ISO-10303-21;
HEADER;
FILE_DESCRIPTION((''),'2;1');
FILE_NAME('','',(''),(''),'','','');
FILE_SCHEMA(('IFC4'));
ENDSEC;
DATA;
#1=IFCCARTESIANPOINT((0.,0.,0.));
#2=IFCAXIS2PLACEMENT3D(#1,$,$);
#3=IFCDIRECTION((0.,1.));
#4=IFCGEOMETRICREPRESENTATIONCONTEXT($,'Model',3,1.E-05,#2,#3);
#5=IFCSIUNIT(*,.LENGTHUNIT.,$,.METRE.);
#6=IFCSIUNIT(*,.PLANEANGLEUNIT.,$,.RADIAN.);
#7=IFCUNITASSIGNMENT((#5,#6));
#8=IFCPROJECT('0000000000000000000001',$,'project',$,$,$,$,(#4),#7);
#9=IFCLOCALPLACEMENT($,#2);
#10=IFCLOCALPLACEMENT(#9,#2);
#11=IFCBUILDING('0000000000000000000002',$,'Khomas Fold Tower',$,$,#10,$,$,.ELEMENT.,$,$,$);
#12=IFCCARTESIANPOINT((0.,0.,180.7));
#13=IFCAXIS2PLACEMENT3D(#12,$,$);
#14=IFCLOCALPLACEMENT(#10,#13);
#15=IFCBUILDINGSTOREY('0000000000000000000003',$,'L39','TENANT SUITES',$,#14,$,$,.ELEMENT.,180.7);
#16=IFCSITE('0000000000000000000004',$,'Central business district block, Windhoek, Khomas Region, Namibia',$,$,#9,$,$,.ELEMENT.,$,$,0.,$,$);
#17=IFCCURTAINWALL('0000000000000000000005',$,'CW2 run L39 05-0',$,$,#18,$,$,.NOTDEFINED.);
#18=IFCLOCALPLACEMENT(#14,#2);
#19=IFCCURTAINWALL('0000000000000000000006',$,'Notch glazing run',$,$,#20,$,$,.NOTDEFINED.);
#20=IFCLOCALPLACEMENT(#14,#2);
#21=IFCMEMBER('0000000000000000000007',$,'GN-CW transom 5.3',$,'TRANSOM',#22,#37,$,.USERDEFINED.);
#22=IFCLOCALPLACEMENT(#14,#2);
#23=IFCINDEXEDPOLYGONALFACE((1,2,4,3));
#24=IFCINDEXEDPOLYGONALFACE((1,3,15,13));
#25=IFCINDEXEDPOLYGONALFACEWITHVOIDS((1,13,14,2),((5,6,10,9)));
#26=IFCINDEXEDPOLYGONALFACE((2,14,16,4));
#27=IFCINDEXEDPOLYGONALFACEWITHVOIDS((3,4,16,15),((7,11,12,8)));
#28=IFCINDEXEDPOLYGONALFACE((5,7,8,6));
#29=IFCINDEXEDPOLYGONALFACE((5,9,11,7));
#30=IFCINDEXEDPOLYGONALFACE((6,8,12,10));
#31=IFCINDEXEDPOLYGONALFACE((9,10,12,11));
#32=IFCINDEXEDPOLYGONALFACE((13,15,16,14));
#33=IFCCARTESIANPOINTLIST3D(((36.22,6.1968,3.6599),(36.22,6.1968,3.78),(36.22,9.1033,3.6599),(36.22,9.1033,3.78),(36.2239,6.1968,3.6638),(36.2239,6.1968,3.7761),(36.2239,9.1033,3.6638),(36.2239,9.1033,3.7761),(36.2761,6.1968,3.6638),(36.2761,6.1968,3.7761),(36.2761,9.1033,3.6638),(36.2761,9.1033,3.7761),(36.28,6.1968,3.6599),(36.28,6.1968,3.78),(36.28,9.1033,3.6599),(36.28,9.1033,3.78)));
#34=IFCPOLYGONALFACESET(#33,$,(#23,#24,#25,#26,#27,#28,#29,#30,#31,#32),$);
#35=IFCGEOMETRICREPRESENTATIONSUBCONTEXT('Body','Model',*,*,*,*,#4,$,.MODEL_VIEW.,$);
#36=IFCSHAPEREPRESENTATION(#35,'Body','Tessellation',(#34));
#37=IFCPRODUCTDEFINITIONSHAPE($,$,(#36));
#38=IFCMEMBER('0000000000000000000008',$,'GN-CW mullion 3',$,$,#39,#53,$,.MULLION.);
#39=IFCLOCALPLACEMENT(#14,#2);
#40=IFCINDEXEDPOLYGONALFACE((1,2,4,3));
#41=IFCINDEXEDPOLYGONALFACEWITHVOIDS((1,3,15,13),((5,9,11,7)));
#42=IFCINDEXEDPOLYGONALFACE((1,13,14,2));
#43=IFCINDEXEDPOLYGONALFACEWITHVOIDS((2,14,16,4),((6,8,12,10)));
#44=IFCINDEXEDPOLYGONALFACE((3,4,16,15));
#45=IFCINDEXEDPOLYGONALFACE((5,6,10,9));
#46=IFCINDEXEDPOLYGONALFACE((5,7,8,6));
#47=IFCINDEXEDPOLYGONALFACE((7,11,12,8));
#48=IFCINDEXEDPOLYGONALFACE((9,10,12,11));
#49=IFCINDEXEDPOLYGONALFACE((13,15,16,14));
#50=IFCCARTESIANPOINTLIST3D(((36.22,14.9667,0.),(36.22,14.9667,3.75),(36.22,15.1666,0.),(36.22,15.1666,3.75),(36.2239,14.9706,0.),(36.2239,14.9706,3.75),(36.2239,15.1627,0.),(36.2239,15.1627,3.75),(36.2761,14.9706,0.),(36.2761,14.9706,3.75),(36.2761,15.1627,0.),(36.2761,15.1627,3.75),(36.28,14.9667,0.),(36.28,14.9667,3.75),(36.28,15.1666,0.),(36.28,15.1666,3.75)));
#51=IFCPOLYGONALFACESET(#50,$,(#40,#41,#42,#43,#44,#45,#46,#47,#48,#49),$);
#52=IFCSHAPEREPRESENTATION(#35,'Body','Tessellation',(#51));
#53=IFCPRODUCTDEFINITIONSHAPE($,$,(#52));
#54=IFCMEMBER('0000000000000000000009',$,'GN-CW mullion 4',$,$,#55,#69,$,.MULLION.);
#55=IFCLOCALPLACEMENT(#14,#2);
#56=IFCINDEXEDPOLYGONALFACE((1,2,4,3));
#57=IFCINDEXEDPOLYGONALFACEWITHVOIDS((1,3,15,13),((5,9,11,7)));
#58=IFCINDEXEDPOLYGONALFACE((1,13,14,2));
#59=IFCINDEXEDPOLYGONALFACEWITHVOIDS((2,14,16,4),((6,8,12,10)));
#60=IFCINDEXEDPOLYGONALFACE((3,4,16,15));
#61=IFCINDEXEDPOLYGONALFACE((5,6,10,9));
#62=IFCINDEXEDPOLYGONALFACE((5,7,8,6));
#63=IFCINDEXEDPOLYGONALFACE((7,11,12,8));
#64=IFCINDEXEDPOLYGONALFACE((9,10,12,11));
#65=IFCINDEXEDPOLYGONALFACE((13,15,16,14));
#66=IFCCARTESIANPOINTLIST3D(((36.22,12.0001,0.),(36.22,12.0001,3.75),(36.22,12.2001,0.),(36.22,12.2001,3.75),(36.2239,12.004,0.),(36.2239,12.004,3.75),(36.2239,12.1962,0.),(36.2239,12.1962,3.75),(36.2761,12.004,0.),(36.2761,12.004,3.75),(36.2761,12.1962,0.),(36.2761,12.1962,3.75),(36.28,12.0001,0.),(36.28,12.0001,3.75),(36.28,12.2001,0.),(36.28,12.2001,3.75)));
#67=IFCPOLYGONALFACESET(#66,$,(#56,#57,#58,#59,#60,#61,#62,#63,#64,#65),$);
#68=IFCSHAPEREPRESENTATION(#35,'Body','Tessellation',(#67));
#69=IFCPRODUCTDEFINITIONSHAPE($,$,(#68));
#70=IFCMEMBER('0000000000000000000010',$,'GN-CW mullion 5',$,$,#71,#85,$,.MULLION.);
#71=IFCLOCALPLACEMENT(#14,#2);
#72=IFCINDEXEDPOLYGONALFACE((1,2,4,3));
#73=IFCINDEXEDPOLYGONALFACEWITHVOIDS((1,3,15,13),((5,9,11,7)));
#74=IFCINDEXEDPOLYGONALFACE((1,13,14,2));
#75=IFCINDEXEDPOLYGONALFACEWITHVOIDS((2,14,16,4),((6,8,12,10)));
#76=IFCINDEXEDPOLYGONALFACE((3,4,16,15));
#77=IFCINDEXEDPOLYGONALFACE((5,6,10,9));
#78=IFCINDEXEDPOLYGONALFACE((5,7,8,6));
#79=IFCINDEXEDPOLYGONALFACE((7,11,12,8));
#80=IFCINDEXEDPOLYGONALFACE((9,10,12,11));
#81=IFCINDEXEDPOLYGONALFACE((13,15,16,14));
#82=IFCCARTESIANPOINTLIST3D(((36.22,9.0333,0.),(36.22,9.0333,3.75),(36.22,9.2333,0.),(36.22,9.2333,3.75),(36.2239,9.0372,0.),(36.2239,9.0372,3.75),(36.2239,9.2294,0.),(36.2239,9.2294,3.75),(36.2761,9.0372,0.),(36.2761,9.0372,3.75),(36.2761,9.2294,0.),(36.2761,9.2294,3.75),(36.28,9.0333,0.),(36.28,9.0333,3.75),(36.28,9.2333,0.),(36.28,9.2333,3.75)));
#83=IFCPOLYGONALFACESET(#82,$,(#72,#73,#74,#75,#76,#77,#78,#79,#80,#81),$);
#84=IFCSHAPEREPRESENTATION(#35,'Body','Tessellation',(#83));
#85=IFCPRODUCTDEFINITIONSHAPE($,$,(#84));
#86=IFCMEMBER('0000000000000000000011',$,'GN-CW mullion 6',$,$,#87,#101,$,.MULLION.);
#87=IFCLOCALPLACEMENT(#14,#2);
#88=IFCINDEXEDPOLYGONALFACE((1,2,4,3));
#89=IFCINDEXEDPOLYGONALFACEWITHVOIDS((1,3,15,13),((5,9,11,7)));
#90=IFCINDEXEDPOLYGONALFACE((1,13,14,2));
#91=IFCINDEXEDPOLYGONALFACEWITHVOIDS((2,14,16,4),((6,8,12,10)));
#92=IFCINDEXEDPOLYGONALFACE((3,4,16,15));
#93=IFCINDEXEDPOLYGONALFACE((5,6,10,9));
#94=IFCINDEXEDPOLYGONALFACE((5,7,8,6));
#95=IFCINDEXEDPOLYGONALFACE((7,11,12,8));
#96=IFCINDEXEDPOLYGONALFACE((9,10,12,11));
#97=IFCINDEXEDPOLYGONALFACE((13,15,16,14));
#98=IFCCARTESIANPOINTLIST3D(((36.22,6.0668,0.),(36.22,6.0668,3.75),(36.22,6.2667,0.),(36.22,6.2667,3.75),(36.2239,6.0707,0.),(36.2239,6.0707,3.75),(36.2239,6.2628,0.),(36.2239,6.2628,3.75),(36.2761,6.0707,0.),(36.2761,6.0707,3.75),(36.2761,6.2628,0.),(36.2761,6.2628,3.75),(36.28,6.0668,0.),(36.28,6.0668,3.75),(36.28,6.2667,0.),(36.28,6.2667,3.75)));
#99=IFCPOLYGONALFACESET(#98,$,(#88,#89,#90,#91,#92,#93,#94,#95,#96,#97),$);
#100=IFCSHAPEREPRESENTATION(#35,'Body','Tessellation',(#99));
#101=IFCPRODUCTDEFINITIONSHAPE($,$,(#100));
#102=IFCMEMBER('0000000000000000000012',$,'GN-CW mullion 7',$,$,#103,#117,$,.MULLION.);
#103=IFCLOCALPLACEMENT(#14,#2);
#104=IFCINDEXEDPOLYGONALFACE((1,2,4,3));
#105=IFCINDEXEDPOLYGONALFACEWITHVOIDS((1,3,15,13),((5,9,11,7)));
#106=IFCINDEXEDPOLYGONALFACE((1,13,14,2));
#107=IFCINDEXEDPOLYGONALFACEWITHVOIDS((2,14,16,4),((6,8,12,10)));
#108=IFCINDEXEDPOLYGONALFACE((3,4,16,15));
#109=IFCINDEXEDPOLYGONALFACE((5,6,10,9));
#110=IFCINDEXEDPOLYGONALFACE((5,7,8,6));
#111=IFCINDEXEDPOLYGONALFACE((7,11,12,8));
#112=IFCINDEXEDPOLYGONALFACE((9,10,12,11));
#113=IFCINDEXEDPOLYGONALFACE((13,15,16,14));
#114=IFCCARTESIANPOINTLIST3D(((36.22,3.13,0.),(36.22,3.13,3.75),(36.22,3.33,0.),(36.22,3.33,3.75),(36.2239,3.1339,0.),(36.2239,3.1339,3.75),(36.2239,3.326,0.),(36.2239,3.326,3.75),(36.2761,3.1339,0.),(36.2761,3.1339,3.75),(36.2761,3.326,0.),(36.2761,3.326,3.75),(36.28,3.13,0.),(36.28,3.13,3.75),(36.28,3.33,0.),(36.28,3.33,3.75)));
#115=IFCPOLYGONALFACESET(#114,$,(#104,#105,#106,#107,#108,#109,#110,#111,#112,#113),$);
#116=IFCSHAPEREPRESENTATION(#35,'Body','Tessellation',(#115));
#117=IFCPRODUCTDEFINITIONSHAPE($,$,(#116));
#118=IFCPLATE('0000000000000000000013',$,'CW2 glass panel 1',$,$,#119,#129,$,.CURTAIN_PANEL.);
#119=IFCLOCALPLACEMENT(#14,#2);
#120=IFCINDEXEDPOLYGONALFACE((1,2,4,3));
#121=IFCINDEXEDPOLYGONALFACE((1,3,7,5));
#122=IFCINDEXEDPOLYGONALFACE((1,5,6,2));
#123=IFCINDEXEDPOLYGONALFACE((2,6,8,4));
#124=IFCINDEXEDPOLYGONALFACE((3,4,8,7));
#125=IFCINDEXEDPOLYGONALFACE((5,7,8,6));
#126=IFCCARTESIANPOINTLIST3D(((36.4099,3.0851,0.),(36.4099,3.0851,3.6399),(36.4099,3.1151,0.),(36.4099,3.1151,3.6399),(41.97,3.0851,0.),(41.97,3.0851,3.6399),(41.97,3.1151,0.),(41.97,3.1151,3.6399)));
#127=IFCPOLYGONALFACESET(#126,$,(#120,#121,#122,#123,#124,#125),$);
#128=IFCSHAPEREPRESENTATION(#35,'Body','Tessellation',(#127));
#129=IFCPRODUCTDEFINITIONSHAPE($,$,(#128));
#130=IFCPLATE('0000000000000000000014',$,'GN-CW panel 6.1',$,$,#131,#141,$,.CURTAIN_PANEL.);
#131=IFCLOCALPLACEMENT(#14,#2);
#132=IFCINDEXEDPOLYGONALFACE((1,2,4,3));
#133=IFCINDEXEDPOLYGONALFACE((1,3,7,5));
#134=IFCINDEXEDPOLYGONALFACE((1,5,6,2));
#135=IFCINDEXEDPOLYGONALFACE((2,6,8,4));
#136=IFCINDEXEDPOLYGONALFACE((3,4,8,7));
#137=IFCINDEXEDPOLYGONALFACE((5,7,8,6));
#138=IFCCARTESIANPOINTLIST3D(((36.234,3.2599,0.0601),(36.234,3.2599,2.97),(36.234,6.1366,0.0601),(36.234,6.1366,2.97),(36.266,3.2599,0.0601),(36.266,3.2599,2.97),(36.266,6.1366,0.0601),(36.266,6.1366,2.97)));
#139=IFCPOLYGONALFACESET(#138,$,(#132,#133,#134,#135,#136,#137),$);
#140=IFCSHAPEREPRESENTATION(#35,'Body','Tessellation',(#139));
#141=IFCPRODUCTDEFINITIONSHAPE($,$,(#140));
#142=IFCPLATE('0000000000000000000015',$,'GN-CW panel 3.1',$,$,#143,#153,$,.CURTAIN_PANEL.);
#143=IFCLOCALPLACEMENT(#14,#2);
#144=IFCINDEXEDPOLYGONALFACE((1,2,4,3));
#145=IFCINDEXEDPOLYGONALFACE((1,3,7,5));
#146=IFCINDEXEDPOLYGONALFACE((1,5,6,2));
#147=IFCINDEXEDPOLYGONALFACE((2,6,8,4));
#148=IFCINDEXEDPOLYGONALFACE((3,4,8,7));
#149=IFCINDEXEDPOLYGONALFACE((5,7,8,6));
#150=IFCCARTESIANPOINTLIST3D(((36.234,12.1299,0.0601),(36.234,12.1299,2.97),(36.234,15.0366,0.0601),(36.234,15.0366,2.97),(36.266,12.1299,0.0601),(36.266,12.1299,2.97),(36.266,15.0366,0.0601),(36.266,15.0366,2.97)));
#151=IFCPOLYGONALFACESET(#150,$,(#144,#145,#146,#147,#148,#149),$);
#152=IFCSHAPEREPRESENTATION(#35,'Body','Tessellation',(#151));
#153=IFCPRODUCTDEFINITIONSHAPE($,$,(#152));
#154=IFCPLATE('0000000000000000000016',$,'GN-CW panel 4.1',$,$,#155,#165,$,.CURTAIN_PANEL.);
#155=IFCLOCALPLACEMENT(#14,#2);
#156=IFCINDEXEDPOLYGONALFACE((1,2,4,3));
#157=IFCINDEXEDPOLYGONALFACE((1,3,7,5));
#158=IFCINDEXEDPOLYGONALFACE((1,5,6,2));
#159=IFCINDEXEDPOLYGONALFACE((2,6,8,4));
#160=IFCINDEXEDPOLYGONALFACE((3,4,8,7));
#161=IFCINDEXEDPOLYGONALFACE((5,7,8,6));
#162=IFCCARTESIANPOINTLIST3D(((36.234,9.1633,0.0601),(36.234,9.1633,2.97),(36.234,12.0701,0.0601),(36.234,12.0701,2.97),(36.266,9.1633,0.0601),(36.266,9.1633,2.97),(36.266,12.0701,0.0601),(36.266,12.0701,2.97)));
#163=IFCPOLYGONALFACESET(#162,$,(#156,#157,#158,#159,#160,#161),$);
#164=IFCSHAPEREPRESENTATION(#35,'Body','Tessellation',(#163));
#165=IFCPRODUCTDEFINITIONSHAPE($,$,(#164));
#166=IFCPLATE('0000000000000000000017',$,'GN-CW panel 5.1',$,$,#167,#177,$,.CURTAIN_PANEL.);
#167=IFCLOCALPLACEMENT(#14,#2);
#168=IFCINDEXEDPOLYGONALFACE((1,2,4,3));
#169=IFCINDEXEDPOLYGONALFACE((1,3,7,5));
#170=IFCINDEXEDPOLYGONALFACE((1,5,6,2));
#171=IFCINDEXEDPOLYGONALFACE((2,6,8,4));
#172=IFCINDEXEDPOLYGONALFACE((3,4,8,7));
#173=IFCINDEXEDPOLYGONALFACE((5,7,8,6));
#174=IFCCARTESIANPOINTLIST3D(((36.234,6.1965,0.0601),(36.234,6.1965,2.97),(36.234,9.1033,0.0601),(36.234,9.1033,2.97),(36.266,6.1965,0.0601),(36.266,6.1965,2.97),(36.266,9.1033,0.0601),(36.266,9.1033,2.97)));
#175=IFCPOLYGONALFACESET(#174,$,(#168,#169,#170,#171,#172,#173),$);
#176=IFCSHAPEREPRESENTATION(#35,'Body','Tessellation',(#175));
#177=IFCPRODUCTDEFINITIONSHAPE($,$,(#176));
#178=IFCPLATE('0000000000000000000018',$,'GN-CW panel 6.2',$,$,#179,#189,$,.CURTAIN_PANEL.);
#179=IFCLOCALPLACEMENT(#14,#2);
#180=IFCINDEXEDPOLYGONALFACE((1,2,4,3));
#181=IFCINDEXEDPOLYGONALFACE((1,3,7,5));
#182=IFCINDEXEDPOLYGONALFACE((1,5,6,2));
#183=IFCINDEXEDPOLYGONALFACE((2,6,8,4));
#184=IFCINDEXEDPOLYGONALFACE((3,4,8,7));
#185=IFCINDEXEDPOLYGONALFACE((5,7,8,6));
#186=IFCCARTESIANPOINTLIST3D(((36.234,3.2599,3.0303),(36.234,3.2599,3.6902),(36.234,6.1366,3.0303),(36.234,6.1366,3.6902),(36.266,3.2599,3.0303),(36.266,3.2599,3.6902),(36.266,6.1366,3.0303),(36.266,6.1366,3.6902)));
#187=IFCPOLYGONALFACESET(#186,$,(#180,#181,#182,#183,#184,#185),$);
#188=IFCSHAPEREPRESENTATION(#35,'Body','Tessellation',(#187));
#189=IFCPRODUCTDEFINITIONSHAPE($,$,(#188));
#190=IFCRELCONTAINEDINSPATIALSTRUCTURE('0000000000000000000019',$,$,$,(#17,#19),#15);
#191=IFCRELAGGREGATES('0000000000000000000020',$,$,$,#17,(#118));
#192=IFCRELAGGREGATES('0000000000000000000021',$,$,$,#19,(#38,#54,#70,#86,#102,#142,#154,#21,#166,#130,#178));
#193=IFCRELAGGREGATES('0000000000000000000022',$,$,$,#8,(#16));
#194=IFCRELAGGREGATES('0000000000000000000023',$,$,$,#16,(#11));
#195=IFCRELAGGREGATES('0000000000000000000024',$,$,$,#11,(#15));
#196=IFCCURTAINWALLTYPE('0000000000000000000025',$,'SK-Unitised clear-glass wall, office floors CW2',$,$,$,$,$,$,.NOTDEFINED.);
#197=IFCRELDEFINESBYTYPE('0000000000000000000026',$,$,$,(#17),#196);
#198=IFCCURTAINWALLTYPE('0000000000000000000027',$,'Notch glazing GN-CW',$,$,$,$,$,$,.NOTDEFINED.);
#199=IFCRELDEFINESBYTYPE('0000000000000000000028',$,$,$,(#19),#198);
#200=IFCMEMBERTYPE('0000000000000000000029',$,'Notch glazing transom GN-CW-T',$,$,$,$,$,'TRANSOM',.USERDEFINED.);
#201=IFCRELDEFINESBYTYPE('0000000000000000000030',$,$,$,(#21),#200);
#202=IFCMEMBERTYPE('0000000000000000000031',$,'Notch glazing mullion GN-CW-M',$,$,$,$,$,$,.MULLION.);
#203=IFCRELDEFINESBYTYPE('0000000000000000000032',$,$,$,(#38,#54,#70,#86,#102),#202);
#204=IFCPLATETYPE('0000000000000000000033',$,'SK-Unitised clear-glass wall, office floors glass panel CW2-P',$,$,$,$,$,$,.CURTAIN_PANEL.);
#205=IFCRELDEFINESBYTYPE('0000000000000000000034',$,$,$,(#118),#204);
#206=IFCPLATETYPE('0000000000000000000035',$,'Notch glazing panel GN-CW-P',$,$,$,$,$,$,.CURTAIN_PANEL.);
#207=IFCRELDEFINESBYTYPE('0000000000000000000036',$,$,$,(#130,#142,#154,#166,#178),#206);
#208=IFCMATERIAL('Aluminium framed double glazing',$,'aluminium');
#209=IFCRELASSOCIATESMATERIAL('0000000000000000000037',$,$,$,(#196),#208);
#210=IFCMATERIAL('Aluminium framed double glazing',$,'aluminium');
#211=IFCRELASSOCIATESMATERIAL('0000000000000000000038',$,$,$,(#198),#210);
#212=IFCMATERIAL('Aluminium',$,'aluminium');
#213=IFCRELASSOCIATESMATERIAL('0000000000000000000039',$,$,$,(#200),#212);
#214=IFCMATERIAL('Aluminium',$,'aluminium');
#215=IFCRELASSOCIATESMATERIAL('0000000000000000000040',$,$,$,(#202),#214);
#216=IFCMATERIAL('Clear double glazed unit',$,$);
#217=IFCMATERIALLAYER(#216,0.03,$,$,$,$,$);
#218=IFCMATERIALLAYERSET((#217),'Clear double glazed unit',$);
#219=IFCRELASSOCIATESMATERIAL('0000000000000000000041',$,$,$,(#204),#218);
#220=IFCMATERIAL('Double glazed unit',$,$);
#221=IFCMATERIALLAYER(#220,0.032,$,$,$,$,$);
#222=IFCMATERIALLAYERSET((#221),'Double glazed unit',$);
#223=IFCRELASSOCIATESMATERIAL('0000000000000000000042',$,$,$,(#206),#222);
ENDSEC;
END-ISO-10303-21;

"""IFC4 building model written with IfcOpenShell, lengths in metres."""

from ifc_helpers import new_model, si_unit, direction, frame, origin, origin_2d, place, context, subcontext, project, spatial, rectangle, hollow_rectangle, extrude, source, transform, mapped, material, layer, layer_set, material_profile, profile_set, type_object, element, aggregate, save


model = new_model("IFC4")

# Units and contexts
model_context = context("Model", 3, precision=1e-05, world=origin(), true_north=direction((0.0, 1.0)))
body_context = subcontext(model_context, "Body", "Model", "MODEL_VIEW")
ifc_project = project(units=[si_unit("LENGTHUNIT", "METRE"), si_unit("PLANEANGLEUNIT", "RADIAN")], contexts=[model_context])

# Site, building, storey
site_placement = place(None, origin())
site = spatial("IfcSite", under=ifc_project, at=site_placement, Name="Central business district block, Windhoek, Khomas Region, Namibia", CompositionType="ELEMENT", RefElevation=0.0)
building_placement = place(site_placement, origin())
building = spatial("IfcBuilding", under=site, at=building_placement, Name="Khomas Fold Tower", CompositionType="ELEMENT")
storey_placement = place(building_placement, frame((0.0, 0.0, 180.7)))
storey = spatial("IfcBuildingStorey", under=building, at=storey_placement, Name="L39", Description="TENANT SUITES", CompositionType="ELEMENT", Elevation=180.7)

# Curtain walls, members
ifc_material_1 = material(Name="Aluminium framed double glazing", Category="aluminium")
curtain_wall_type_1 = type_object("IfcCurtainWallType", Name="SK-Unitised clear-glass wall, office floors CW2", PredefinedType="NOTDEFINED", material=ifc_material_1)
curtain_wall_1_placement = place(storey_placement, origin())
curtain_wall_1 = element("IfcCurtainWall", 1, at=curtain_wall_1_placement, inside=storey, type_object=curtain_wall_type_1, Name="CW2 run L39 05-0", PredefinedType="NOTDEFINED")
ifc_material_2 = material(Name="Aluminium framed double glazing", Category="aluminium")
curtain_wall_type_2 = type_object("IfcCurtainWallType", Name="Notch glazing GN-CW", PredefinedType="NOTDEFINED", material=ifc_material_2)
curtain_wall_2_placement = place(storey_placement, origin())
curtain_wall_2 = element("IfcCurtainWall", 2, at=curtain_wall_2_placement, inside=storey, type_object=curtain_wall_type_2, Name="Notch glazing run", PredefinedType="NOTDEFINED")
ifc_material_3 = material(Name="Aluminium", Category="aluminium")
ifc_material_profile_1 = material_profile(ifc_material_3, hollow_rectangle(XDim=0.0601, YDim=0.1201, WallThickness=0.0039, at=origin_2d()), Name="Notch glazing transom GN-CW-T")
ifc_profile_set_1 = profile_set([ifc_material_profile_1], Name="Aluminium")
member_type_1 = type_object("IfcMemberType", Name="Notch glazing transom GN-CW-T", ElementType="TRANSOM", PredefinedType="USERDEFINED", material=ifc_profile_set_1)
shared_shape_1 = source(origin(), body_context, "Body", "SweptSolid", [
    extrude(hollow_rectangle(XDim=0.0601, YDim=0.1201, WallThickness=0.0039, at=origin_2d()), origin(), (0.0, 0.0, 1.0), 2.9065),
])
member_1_placement = place(storey_placement, frame((36.25, 9.1033, 3.72), z_axis=(0.0, -1.0, 0.0), x_axis=(1.0, 0.0, 0.0)))
member_1 = element("IfcMember", 3, at=member_1_placement, type_object=member_type_1, Name="GN-CW transom 5.3", ObjectType="TRANSOM", PredefinedType="USERDEFINED", context=body_context, shape_type="MappedRepresentation", body=[
    mapped(shared_shape_1, transform((0.0, 0.0, 0.0))),
])
ifc_material_4 = material(Name="Aluminium", Category="aluminium")
ifc_material_profile_2 = material_profile(ifc_material_4, hollow_rectangle(XDim=0.0601, YDim=0.2, WallThickness=0.0039, at=origin_2d()), Name="Notch glazing mullion GN-CW-M")
ifc_profile_set_2 = profile_set([ifc_material_profile_2], Name="Aluminium")
member_type_2 = type_object("IfcMemberType", Name="Notch glazing mullion GN-CW-M", PredefinedType="MULLION", material=ifc_profile_set_2)
shared_shape_2 = source(origin(), body_context, "Body", "SweptSolid", [
    extrude(hollow_rectangle(XDim=0.0601, YDim=0.2, WallThickness=0.0039, at=origin_2d()), origin(), (0.0, 0.0, 1.0), 3.75),
])
member_2_placement = place(storey_placement, frame((36.25, 15.0667, 0.0), z_axis=(0.0, 0.0, 1.0), x_axis=(1.0, 0.0, 0.0)))
member_2 = element("IfcMember", 4, at=member_2_placement, type_object=member_type_2, Name="GN-CW mullion 3", PredefinedType="MULLION", context=body_context, shape_type="MappedRepresentation", body=[
    mapped(shared_shape_2, transform((0.0, 0.0, 0.0))),
])
member_3_placement = place(storey_placement, frame((36.25, 12.1001, 0.0), z_axis=(0.0, 0.0, 1.0), x_axis=(1.0, 0.0, 0.0)))
member_3 = element("IfcMember", 5, at=member_3_placement, type_object=member_type_2, Name="GN-CW mullion 4", PredefinedType="MULLION", context=body_context, shape_type="MappedRepresentation", body=[
    mapped(shared_shape_2, transform((0.0, 0.0, 0.0))),
])
member_4_placement = place(storey_placement, frame((36.25, 9.1333, 0.0), z_axis=(0.0, 0.0, 1.0), x_axis=(1.0, 0.0, 0.0)))
member_4 = element("IfcMember", 6, at=member_4_placement, type_object=member_type_2, Name="GN-CW mullion 5", PredefinedType="MULLION", context=body_context, shape_type="MappedRepresentation", body=[
    mapped(shared_shape_2, transform((0.0, 0.0, 0.0))),
])
member_5_placement = place(storey_placement, frame((36.25, 6.1667, 0.0), z_axis=(0.0, 0.0, 1.0), x_axis=(1.0, 0.0, 0.0)))
member_5 = element("IfcMember", 7, at=member_5_placement, type_object=member_type_2, Name="GN-CW mullion 6", PredefinedType="MULLION", context=body_context, shape_type="MappedRepresentation", body=[
    mapped(shared_shape_2, transform((0.0, 0.0, 0.0))),
])
member_6_placement = place(storey_placement, frame((36.25, 3.23, 0.0), z_axis=(0.0, 0.0, 1.0), x_axis=(1.0, 0.0, 0.0)))
member_6 = element("IfcMember", 8, at=member_6_placement, type_object=member_type_2, Name="GN-CW mullion 7", PredefinedType="MULLION", context=body_context, shape_type="MappedRepresentation", body=[
    mapped(shared_shape_2, transform((0.0, 0.0, 0.0))),
])

# Plates
ifc_material_5 = material(Name="Clear double glazed unit")
ifc_layer_1 = layer(ifc_material_5, 0.03)
ifc_layer_set_1 = layer_set([ifc_layer_1], Name="Clear double glazed unit")
plate_type_1 = type_object("IfcPlateType", Name="SK-Unitised clear-glass wall, office floors glass panel CW2-P", PredefinedType="CURTAIN_PANEL", material=ifc_layer_set_1)
shared_shape_3 = source(origin(), body_context, "Body", "SweptSolid", [
    extrude(rectangle(XDim=5.5601, YDim=0.03, at=origin_2d()), origin(), (0.0, 0.0, 1.0), 3.6399),
])
plate_1_placement = place(storey_placement, frame((39.1899, 3.1001, 0.0), z_axis=(0.0, 0.0, 1.0), x_axis=(1.0, 0.0, 0.0)))
plate_1 = element("IfcPlate", 9, at=plate_1_placement, type_object=plate_type_1, Name="CW2 glass panel 1", PredefinedType="CURTAIN_PANEL", context=body_context, shape_type="MappedRepresentation", body=[
    mapped(shared_shape_3, transform((0.0, 0.0, 0.0))),
])
aggregate(curtain_wall_1, [plate_1])
ifc_material_6 = material(Name="Double glazed unit")
ifc_layer_2 = layer(ifc_material_6, 0.032)
ifc_layer_set_2 = layer_set([ifc_layer_2], Name="Double glazed unit")
plate_type_2 = type_object("IfcPlateType", Name="Notch glazing panel GN-CW-P", PredefinedType="CURTAIN_PANEL", material=ifc_layer_set_2)
shared_shape_4 = source(origin(), body_context, "Body", "SweptSolid", [
    extrude(rectangle(XDim=2.8767, YDim=0.032, at=origin_2d()), origin(), (0.0, 0.0, 1.0), 2.9099),
])
plate_2_placement = place(storey_placement, frame((36.25, 4.6982, 0.0601), z_axis=(0.0, 0.0, 1.0), x_axis=(0.0, -1.0, 0.0)))
plate_2 = element("IfcPlate", 10, at=plate_2_placement, type_object=plate_type_2, Name="GN-CW panel 6.1", PredefinedType="CURTAIN_PANEL", context=body_context, shape_type="MappedRepresentation", body=[
    mapped(shared_shape_4, transform((0.0, 0.0, 0.0))),
])
shared_shape_5 = source(origin(), body_context, "Body", "SweptSolid", [
    extrude(rectangle(XDim=2.9067, YDim=0.032, at=origin_2d()), origin(), (0.0, 0.0, 1.0), 2.9099),
])
plate_3_placement = place(storey_placement, frame((36.25, 13.5833, 0.0601), z_axis=(0.0, 0.0, 1.0), x_axis=(0.0, -1.0, 0.0)))
plate_3 = element("IfcPlate", 11, at=plate_3_placement, type_object=plate_type_2, Name="GN-CW panel 3.1", PredefinedType="CURTAIN_PANEL", context=body_context, shape_type="MappedRepresentation", body=[
    mapped(shared_shape_5, transform((0.0, 0.0, 0.0))),
])
plate_4_placement = place(storey_placement, frame((36.25, 10.6167, 0.0601), z_axis=(0.0, 0.0, 1.0), x_axis=(0.0, -1.0, 0.0)))
plate_4 = element("IfcPlate", 12, at=plate_4_placement, type_object=plate_type_2, Name="GN-CW panel 4.1", PredefinedType="CURTAIN_PANEL", context=body_context, shape_type="MappedRepresentation", body=[
    mapped(shared_shape_5, transform((0.0, 0.0, 0.0))),
])
plate_5_placement = place(storey_placement, frame((36.25, 7.6499, 0.0601), z_axis=(0.0, 0.0, 1.0), x_axis=(0.0, -1.0, 0.0)))
plate_5 = element("IfcPlate", 13, at=plate_5_placement, type_object=plate_type_2, Name="GN-CW panel 5.1", PredefinedType="CURTAIN_PANEL", context=body_context, shape_type="MappedRepresentation", body=[
    mapped(shared_shape_5, transform((0.0, 0.0, 0.0))),
])
shared_shape_6 = source(origin(), body_context, "Body", "SweptSolid", [
    extrude(rectangle(XDim=2.8767, YDim=0.032, at=origin_2d()), origin(), (0.0, 0.0, 1.0), 0.6599),
])
plate_6_placement = place(storey_placement, frame((36.25, 4.6982, 3.0303), z_axis=(0.0, 0.0, 1.0), x_axis=(0.0, -1.0, 0.0)))
plate_6 = element("IfcPlate", 14, at=plate_6_placement, type_object=plate_type_2, Name="GN-CW panel 6.2", PredefinedType="CURTAIN_PANEL", context=body_context, shape_type="MappedRepresentation", body=[
    mapped(shared_shape_6, transform((0.0, 0.0, 0.0))),
])
aggregate(curtain_wall_2, [member_2, member_3, member_4, member_5, member_6, plate_3, plate_4, member_1, plate_5, plate_2, plate_6])

save(model, "model.ifc")
